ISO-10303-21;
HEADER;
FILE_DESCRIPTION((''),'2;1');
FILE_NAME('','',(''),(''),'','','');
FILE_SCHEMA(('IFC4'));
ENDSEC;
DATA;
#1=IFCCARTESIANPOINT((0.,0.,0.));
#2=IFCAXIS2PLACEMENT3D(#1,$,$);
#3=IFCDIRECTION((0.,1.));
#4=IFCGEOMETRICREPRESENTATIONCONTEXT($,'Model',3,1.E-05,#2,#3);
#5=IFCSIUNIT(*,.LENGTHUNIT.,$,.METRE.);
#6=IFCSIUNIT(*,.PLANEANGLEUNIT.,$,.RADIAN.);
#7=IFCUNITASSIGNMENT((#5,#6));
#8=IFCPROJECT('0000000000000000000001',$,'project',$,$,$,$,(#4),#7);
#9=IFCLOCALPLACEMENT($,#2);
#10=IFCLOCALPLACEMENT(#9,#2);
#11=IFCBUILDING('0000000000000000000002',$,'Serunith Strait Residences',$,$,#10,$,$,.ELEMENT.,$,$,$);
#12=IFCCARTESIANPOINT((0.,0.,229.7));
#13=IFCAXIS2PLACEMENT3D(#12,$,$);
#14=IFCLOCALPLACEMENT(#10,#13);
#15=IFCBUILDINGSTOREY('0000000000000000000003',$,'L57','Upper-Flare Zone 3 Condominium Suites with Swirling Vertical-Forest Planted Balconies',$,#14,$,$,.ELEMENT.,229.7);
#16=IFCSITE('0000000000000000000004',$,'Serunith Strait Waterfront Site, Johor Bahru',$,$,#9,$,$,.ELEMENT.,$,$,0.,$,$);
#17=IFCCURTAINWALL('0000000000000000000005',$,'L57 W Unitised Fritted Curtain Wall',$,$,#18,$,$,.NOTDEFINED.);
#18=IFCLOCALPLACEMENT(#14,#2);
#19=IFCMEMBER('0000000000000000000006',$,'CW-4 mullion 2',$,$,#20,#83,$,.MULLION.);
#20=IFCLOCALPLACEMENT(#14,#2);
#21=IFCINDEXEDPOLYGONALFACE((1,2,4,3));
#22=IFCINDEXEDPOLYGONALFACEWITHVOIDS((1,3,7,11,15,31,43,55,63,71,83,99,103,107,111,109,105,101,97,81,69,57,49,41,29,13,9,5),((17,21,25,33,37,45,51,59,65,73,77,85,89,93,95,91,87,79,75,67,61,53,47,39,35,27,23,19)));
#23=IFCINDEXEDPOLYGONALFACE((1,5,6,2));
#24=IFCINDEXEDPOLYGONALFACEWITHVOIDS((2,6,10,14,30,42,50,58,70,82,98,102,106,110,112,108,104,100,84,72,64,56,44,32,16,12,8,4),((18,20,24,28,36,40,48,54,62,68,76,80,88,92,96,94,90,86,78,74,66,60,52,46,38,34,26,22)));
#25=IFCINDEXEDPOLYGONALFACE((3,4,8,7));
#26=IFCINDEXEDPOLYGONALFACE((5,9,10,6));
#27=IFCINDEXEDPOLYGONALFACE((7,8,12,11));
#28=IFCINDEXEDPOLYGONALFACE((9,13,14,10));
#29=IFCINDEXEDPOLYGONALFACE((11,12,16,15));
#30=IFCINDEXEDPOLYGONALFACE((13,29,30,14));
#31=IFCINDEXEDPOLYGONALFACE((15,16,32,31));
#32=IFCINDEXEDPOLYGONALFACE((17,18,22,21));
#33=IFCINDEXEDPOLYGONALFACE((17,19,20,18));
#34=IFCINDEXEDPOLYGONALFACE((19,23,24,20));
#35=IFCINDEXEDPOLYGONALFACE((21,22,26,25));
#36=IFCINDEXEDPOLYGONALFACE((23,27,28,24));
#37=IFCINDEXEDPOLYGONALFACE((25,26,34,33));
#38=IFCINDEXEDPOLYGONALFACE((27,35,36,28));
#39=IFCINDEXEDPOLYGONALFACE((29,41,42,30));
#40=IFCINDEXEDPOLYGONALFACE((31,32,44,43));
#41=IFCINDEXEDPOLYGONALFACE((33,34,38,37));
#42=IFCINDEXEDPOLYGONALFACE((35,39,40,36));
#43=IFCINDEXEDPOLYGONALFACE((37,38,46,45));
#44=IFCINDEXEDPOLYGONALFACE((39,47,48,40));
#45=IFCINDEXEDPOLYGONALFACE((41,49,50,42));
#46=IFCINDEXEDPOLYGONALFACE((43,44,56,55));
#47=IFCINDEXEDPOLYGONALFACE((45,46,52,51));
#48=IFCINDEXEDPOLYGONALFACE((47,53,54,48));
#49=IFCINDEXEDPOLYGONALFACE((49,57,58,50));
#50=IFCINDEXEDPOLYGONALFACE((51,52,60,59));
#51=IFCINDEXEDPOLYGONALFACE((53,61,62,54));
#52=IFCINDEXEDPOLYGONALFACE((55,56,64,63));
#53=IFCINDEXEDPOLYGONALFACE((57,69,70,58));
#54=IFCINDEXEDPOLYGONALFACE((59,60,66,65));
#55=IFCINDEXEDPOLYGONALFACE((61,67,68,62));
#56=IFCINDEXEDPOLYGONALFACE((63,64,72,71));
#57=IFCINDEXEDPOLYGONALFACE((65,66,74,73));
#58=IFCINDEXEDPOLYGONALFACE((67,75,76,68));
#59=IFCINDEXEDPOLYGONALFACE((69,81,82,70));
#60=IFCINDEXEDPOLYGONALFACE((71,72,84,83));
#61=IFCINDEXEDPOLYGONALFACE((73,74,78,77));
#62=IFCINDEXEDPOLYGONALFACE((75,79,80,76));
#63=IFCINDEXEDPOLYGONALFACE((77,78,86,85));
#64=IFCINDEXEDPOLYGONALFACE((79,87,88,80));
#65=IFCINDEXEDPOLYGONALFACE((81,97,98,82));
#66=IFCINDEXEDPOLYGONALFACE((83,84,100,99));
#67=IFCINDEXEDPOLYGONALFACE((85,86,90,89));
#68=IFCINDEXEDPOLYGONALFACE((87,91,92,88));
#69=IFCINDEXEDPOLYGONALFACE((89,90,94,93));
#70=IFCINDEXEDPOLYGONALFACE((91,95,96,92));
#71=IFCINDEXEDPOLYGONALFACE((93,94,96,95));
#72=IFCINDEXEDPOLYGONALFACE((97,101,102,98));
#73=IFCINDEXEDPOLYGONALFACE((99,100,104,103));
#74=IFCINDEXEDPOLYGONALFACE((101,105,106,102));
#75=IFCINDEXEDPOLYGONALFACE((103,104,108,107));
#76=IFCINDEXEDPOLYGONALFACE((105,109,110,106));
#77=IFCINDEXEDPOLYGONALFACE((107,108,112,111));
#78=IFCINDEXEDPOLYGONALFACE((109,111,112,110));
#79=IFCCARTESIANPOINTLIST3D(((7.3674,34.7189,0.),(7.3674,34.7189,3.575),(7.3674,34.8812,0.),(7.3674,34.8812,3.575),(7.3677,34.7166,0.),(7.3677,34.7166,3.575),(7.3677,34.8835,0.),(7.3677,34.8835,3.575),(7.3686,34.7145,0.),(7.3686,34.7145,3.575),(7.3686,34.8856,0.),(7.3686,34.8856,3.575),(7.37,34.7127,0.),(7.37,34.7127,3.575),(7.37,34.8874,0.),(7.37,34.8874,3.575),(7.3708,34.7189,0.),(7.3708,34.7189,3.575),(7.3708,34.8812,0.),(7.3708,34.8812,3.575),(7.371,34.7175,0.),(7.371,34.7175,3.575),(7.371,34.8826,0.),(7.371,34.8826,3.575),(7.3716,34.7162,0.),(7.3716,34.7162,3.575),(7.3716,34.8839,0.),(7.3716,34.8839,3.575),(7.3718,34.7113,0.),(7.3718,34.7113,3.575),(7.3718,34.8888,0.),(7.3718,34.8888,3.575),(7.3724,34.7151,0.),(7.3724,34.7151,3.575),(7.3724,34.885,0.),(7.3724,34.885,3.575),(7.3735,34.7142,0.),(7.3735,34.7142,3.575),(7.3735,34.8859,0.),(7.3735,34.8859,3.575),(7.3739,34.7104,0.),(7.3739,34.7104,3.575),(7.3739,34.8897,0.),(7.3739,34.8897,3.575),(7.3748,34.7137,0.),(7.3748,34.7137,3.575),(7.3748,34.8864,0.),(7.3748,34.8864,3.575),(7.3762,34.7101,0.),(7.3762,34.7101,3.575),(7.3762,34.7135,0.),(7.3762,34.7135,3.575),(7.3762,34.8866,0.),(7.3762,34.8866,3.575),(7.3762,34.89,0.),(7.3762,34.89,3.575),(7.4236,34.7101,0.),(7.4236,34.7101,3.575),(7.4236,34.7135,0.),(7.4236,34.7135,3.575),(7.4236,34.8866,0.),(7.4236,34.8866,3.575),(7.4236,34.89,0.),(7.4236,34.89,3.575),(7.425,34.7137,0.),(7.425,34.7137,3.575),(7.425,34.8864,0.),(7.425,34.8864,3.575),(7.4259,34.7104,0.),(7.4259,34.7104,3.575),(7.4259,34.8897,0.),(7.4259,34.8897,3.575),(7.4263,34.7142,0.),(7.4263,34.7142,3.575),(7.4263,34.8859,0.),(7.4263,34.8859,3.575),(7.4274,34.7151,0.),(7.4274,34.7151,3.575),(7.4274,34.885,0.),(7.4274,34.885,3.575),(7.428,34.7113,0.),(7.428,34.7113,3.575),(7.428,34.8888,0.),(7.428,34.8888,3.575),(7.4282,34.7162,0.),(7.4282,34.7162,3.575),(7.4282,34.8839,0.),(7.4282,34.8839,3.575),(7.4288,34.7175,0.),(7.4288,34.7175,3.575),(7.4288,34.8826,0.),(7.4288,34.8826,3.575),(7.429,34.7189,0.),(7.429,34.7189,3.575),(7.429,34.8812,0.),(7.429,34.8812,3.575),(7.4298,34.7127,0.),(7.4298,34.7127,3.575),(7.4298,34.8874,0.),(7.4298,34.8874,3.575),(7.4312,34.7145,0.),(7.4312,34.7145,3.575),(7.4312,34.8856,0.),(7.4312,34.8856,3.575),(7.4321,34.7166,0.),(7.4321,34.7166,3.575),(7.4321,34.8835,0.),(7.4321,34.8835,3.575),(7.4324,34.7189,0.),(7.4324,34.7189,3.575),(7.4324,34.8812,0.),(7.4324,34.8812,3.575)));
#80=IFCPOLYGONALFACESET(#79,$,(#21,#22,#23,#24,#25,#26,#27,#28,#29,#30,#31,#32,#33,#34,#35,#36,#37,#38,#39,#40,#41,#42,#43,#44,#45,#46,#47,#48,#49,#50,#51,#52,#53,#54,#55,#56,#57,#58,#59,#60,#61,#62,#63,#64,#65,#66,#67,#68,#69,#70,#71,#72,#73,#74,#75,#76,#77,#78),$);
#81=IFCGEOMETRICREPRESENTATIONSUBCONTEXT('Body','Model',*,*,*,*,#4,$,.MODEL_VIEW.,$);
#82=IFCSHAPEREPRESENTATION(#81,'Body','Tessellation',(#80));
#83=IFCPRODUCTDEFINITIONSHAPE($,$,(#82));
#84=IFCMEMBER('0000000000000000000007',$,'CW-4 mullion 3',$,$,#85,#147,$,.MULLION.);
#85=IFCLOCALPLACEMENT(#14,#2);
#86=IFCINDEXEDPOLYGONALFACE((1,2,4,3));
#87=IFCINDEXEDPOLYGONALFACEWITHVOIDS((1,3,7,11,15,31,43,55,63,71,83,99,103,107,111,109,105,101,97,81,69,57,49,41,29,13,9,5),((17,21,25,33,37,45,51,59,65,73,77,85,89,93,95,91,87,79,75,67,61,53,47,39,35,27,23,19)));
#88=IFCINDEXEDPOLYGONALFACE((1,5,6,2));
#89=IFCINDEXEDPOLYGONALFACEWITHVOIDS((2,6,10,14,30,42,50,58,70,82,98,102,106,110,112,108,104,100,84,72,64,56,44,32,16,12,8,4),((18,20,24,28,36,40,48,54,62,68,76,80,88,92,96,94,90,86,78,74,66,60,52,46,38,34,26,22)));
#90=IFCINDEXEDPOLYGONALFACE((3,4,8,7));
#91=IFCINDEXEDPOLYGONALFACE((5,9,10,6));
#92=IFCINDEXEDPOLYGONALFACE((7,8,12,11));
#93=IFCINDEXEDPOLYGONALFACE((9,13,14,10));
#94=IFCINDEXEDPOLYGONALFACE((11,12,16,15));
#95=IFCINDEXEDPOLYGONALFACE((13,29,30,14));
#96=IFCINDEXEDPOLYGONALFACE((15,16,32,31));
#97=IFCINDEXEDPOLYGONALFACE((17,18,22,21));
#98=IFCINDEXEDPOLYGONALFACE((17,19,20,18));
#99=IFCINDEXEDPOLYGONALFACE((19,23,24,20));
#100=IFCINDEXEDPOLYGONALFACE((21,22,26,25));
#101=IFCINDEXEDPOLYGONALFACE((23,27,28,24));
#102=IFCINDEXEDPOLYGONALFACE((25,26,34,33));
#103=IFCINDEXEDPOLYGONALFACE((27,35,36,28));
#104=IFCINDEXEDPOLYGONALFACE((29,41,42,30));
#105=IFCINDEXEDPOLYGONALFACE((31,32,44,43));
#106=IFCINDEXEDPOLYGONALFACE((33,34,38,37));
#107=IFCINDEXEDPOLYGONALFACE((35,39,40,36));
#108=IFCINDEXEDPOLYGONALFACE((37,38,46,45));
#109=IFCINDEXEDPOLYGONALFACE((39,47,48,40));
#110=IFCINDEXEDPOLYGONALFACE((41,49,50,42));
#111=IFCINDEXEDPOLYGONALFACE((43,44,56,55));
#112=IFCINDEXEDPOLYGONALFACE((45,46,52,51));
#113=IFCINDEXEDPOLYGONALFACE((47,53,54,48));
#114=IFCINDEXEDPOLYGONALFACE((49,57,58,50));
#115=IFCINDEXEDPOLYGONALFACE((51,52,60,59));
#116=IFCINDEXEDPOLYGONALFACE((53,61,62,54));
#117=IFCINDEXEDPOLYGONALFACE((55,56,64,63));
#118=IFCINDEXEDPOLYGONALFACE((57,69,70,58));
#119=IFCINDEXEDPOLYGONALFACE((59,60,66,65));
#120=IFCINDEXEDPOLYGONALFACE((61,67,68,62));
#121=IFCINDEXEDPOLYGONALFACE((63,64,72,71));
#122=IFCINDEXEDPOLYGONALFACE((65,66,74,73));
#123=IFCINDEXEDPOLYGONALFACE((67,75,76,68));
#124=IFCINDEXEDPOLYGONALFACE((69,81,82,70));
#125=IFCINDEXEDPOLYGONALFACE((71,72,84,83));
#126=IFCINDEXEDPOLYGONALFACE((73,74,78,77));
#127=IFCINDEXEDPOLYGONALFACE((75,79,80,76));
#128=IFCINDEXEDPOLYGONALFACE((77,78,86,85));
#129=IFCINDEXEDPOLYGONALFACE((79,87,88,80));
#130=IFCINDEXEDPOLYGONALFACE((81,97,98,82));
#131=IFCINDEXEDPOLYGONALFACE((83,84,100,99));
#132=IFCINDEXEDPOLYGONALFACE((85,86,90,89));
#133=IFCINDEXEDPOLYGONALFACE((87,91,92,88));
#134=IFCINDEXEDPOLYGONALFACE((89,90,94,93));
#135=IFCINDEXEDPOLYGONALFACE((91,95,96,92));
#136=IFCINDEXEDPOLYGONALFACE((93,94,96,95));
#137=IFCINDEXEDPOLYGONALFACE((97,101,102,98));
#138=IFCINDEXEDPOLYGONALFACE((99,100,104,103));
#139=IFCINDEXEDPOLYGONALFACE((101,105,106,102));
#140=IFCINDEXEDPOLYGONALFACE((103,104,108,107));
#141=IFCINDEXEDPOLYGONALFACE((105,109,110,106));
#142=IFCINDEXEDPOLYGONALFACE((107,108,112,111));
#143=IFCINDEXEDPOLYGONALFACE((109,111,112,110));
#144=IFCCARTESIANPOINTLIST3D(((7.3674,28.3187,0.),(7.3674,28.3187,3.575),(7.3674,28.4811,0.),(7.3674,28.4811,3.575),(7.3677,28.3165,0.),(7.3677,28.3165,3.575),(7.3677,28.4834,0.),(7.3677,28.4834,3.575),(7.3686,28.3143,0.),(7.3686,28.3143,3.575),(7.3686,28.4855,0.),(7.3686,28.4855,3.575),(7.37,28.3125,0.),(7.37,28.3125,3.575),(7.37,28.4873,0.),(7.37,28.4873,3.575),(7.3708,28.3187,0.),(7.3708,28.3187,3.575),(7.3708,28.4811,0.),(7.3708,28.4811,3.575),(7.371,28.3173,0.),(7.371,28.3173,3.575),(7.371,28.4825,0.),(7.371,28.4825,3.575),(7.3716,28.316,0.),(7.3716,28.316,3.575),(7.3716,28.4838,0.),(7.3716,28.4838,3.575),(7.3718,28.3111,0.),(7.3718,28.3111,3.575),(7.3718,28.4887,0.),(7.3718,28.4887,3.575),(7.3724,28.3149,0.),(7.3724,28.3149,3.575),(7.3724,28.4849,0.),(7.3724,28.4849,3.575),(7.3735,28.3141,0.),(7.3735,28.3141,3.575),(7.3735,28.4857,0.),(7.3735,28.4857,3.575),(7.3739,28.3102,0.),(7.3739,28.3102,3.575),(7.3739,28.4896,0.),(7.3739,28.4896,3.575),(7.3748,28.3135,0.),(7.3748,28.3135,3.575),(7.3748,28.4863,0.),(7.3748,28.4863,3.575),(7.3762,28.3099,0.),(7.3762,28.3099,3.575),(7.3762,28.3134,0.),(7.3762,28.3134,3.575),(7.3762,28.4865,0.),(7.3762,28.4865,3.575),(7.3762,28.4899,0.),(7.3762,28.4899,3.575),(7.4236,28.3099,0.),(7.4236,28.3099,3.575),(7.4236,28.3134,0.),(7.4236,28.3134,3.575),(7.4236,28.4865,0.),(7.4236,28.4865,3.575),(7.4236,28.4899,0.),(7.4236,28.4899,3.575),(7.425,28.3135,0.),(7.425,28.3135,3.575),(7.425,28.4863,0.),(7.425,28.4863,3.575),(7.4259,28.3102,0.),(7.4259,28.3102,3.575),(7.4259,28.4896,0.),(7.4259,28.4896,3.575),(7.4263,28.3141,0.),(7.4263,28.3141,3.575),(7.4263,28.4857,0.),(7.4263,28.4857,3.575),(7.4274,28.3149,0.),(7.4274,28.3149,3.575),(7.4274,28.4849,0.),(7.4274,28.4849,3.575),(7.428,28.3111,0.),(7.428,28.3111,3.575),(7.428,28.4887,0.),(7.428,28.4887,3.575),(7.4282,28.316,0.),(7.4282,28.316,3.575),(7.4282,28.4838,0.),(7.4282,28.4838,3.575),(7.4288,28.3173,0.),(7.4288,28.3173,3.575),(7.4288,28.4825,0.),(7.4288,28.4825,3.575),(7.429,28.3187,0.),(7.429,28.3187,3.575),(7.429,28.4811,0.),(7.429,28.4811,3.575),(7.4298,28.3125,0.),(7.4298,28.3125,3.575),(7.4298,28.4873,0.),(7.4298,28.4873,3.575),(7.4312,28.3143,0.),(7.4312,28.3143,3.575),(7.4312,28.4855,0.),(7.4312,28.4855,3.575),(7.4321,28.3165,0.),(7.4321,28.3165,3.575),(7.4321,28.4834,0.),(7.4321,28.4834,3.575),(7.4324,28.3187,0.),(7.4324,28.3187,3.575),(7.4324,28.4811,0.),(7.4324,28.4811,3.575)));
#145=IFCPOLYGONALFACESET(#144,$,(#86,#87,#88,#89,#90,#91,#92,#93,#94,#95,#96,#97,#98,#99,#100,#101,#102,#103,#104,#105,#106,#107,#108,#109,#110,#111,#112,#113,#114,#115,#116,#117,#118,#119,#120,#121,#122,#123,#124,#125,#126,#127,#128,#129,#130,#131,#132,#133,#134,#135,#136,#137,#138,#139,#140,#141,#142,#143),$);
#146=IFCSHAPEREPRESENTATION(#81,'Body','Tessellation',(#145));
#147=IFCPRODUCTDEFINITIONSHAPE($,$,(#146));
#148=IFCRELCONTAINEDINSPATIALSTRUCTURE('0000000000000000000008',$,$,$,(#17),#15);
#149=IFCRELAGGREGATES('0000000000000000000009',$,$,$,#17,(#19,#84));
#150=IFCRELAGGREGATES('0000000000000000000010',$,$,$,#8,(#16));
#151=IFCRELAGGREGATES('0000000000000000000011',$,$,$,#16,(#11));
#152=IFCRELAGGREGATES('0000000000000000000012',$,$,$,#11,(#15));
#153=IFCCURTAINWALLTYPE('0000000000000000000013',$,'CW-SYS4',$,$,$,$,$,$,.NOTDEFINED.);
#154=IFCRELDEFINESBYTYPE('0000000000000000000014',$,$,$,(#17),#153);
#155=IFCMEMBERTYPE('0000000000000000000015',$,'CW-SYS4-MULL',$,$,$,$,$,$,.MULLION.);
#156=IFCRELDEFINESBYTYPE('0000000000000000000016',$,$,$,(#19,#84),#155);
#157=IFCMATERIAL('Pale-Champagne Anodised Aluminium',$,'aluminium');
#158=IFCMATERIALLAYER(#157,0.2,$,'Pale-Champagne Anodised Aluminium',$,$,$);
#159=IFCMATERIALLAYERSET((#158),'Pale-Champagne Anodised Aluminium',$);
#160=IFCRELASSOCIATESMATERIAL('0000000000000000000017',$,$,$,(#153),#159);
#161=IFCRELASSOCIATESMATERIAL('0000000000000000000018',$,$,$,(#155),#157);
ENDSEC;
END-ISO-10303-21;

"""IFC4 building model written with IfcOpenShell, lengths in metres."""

from ifc_helpers import new_model, si_unit, direction, frame, origin, origin_2d, place, context, subcontext, project, spatial, hollow_rectangle, extrude, source, transform, mapped, material, layer, layer_set, material_profile, profile_set, type_object, element, aggregate, save


model = new_model("IFC4")

# Units and contexts
model_context = context("Model", 3, precision=1e-05, world=origin(), true_north=direction((0.0, 1.0)))
body_context = subcontext(model_context, "Body", "Model", "MODEL_VIEW")
ifc_project = project(units=[si_unit("LENGTHUNIT", "METRE"), si_unit("PLANEANGLEUNIT", "RADIAN")], contexts=[model_context])

# Site, building, storey
site_placement = place(None, origin())
site = spatial("IfcSite", under=ifc_project, at=site_placement, Name="Serunith Strait Waterfront Site, Johor Bahru", CompositionType="ELEMENT", RefElevation=0.0)
building_placement = place(site_placement, origin())
building = spatial("IfcBuilding", under=site, at=building_placement, Name="Serunith Strait Residences", CompositionType="ELEMENT")
storey_placement = place(building_placement, frame((0.0, 0.0, 229.7)))
storey = spatial("IfcBuildingStorey", under=building, at=storey_placement, Name="L57", Description="Upper-Flare Zone 3 Condominium Suites with Swirling Vertical-Forest Planted Balconies", CompositionType="ELEMENT", Elevation=229.7)

# Curtain wall, members
ifc_material_1 = material(Name="Pale-Champagne Anodised Aluminium", Category="aluminium")
ifc_layer_1 = layer(ifc_material_1, 0.2, Name="Pale-Champagne Anodised Aluminium")
ifc_layer_set_1 = layer_set([ifc_layer_1], Name="Pale-Champagne Anodised Aluminium")
curtain_wall_type = type_object("IfcCurtainWallType", Name="CW-SYS4", PredefinedType="NOTDEFINED", material=ifc_layer_set_1)
curtain_wall_placement = place(storey_placement, origin())
curtain_wall = element("IfcCurtainWall", 1, at=curtain_wall_placement, inside=storey, type_object=curtain_wall_type, Name="L57 W Unitised Fritted Curtain Wall", PredefinedType="NOTDEFINED")
ifc_material_profile_1 = material_profile(ifc_material_1, hollow_rectangle(XDim=0.0649, YDim=0.1799, WallThickness=0.0034, InnerFilletRadius=0.0054, OuterFilletRadius=0.0088, at=origin_2d()), Name="ALU 180x65x3.5")
ifc_profile_set_1 = profile_set([ifc_material_profile_1], Name="Pale-Champagne Anodised Aluminium")
member_type_1 = type_object("IfcMemberType", Name="CW-SYS4-MULL", PredefinedType="MULLION", material=ifc_profile_set_1)
shared_shape_1 = source(origin(), body_context, "Body", "SweptSolid", [
    extrude(hollow_rectangle(XDim=0.0649, YDim=0.1799, WallThickness=0.0034, InnerFilletRadius=0.0054, OuterFilletRadius=0.0088, at=origin_2d()), origin(), (0.0, 0.0, 1.0), 3.575),
])
member_1_placement = place(storey_placement, frame((7.3999, 34.8, 0.0), z_axis=(0.0, 0.0, 1.0), x_axis=(1.0, 0.0, 0.0)))
member_1 = element("IfcMember", 2, at=member_1_placement, type_object=member_type_1, Name="CW-4 mullion 2", PredefinedType="MULLION", context=body_context, shape_type="MappedRepresentation", body=[
    mapped(shared_shape_1, transform((0.0, 0.0, 0.0), scale=1.0)),
])
member_2_placement = place(storey_placement, frame((7.3999, 28.3999, 0.0), z_axis=(0.0, 0.0, 1.0), x_axis=(1.0, 0.0, 0.0)))
member_2 = element("IfcMember", 3, at=member_2_placement, type_object=member_type_1, Name="CW-4 mullion 3", PredefinedType="MULLION", context=body_context, shape_type="MappedRepresentation", body=[
    mapped(shared_shape_1, transform((0.0, 0.0, 0.0), scale=1.0)),
])
aggregate(curtain_wall, [member_1, member_2])

save(model, "model.ifc")
